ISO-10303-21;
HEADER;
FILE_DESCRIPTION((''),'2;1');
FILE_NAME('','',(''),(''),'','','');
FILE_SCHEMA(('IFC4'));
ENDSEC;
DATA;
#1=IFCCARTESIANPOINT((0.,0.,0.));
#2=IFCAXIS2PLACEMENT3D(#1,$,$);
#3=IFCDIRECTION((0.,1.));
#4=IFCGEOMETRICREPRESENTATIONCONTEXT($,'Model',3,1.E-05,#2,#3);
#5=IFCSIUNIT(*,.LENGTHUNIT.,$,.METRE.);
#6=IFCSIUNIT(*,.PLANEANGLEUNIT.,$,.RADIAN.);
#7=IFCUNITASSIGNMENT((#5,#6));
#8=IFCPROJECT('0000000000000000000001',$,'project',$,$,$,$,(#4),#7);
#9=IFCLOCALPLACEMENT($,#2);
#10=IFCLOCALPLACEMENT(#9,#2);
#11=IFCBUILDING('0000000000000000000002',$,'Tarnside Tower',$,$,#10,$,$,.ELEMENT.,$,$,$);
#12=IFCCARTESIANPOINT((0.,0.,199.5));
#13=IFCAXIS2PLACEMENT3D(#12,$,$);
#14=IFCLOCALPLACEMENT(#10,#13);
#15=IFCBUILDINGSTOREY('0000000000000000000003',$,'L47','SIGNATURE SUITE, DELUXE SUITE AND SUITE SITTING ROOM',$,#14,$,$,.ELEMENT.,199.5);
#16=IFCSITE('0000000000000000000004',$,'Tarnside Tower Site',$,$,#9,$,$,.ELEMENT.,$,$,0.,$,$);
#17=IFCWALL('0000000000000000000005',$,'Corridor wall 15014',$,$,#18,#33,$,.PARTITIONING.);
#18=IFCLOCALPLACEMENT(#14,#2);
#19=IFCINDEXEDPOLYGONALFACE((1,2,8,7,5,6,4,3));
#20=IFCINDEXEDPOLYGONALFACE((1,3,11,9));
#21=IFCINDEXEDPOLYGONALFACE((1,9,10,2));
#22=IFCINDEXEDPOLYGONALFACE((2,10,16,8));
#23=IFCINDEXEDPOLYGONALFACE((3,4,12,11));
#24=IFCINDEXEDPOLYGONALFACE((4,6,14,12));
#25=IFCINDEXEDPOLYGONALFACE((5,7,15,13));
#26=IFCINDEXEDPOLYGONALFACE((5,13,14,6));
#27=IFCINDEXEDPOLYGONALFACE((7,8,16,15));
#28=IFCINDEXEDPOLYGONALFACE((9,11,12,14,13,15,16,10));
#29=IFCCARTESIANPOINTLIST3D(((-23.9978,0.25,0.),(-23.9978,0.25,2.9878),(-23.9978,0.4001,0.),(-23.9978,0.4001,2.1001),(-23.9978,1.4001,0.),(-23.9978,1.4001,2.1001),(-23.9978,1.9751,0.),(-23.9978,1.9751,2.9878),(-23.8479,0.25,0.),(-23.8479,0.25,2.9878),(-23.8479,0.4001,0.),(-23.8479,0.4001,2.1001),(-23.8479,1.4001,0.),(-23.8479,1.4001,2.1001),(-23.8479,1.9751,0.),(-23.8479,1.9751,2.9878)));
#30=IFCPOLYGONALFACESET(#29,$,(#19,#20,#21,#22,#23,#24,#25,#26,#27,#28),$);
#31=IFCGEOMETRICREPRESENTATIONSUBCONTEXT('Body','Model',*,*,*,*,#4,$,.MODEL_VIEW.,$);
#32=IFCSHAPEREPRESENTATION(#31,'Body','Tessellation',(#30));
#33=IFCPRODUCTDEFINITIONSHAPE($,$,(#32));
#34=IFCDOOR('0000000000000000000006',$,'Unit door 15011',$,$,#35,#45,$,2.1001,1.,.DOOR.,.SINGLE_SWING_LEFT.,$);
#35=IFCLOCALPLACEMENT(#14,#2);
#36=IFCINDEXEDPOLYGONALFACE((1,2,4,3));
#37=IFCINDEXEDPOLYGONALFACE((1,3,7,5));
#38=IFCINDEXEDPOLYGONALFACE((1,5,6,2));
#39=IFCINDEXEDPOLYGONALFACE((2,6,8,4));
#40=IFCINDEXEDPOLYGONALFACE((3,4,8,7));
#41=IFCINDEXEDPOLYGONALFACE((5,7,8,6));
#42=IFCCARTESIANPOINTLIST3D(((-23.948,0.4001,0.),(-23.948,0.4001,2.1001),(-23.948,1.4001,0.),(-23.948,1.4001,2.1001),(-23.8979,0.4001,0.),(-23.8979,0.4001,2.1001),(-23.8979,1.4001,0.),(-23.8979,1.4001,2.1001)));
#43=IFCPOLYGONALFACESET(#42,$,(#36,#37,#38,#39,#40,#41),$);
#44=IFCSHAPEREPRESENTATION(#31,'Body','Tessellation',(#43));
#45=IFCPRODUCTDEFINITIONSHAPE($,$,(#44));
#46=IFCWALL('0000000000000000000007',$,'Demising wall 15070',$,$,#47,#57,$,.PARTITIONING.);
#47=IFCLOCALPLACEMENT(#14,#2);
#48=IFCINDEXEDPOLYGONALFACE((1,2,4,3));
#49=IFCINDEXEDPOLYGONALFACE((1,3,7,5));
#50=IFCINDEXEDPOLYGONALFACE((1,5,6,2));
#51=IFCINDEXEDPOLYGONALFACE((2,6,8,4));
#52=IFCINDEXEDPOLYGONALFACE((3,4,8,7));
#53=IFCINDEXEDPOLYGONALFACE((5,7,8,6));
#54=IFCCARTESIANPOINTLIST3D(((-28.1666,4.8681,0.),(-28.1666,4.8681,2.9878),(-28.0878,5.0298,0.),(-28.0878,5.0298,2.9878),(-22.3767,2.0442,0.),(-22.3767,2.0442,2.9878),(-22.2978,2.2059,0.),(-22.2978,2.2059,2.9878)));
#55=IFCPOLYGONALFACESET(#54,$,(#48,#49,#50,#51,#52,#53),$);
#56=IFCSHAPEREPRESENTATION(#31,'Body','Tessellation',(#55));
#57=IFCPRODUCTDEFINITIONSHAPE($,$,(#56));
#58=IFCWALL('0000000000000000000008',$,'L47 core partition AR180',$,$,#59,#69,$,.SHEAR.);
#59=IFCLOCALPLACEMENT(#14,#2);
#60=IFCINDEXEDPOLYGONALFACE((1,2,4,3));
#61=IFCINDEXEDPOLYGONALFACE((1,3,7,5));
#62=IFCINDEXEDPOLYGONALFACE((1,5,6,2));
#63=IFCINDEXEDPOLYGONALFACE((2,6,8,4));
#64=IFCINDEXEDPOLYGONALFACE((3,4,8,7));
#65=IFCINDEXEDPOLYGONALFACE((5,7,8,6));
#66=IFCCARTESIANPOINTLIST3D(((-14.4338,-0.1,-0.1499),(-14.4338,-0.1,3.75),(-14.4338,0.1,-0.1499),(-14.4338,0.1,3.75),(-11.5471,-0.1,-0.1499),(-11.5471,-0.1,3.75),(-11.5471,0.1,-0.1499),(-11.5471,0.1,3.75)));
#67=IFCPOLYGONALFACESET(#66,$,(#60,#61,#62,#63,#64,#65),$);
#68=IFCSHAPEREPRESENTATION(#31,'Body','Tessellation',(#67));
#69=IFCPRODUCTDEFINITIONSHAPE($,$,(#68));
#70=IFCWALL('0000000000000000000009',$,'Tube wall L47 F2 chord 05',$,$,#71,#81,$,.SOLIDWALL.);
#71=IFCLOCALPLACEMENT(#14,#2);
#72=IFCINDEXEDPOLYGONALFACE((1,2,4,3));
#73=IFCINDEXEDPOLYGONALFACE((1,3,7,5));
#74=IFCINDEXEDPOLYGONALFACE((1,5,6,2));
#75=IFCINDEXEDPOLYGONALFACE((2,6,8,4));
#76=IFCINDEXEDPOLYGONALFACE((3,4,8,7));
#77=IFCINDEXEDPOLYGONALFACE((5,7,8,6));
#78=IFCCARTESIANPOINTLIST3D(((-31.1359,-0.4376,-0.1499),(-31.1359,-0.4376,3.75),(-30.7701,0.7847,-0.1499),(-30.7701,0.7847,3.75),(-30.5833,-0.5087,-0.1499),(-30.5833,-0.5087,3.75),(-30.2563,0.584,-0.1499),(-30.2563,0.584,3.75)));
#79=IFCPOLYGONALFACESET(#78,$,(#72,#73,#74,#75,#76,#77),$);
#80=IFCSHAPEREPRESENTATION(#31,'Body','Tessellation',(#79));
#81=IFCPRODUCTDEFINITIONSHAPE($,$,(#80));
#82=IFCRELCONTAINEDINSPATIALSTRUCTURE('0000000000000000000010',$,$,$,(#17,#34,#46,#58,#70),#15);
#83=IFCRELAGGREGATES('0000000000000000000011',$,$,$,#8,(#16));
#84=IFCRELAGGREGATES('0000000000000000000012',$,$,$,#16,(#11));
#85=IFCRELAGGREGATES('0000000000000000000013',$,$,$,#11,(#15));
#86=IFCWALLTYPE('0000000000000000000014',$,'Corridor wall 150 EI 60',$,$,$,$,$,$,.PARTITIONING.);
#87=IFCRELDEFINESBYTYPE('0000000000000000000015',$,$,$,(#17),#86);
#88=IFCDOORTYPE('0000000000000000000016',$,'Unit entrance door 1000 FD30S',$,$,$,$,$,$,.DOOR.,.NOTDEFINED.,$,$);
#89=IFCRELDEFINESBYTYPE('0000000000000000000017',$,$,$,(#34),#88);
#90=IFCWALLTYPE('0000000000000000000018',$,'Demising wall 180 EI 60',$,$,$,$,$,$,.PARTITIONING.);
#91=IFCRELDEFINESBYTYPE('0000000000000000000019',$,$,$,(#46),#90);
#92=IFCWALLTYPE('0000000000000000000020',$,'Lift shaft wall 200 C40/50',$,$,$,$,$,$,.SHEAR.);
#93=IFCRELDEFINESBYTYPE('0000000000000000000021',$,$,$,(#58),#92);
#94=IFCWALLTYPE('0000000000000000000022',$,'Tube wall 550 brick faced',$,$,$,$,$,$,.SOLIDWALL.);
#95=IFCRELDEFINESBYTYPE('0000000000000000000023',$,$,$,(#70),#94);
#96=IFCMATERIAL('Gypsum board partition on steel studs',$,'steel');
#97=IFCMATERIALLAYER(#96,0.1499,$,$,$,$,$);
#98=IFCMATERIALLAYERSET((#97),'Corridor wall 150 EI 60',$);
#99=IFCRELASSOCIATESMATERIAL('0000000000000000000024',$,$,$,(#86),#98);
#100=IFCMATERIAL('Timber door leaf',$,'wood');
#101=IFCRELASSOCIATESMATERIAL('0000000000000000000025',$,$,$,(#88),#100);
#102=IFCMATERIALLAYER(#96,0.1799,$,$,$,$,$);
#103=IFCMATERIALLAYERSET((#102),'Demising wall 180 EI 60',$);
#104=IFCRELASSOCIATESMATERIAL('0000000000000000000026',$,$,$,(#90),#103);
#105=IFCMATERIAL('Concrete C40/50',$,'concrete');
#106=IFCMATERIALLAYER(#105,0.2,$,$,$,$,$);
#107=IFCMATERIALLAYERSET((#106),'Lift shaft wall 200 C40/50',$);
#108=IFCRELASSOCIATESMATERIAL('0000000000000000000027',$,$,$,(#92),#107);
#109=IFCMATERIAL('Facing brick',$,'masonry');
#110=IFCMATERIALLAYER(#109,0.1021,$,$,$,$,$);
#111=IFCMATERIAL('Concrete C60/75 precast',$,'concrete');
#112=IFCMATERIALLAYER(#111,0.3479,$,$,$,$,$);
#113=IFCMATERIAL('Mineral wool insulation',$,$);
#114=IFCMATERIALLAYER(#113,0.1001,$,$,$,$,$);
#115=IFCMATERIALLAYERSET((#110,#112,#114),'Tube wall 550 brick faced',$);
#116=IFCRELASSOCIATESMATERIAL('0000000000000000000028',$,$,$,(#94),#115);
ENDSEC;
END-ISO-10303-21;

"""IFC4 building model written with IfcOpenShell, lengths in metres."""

from ifc_helpers import new_model, si_unit, direction, frame, frame_2d, origin, place, context, subcontext, project, spatial, polyline, rectangle, outline, extrude, material, layer, layer_set, type_object, element, fill, save


model = new_model("IFC4")

# Units and contexts
model_context = context("Model", 3, precision=1e-05, world=origin(), true_north=direction((0.0, 1.0)))
body_context = subcontext(model_context, "Body", "Model", "MODEL_VIEW")
ifc_project = project(units=[si_unit("LENGTHUNIT", "METRE"), si_unit("PLANEANGLEUNIT", "RADIAN")], contexts=[model_context])

# Site, building, storey
site_placement = place(None, origin())
site = spatial("IfcSite", under=ifc_project, at=site_placement, Name="Tarnside Tower Site", CompositionType="ELEMENT", RefElevation=0.0)
building_placement = place(site_placement, origin())
building = spatial("IfcBuilding", under=site, at=building_placement, Name="Tarnside Tower", CompositionType="ELEMENT")
storey_placement = place(building_placement, frame((0.0, 0.0, 199.5)))
storey = spatial("IfcBuildingStorey", under=building, at=storey_placement, Name="L47", Description="SIGNATURE SUITE, DELUXE SUITE AND SUITE SITTING ROOM", CompositionType="ELEMENT", Elevation=199.5)

# Shared definitions
ifc_material_1 = material(Name="Gypsum board partition on steel studs", Category="steel")

# Shared definitions
ifc_material_2 = material(Name="Timber door leaf", Category="wood")

# Shared definitions
ifc_layer_1 = layer(ifc_material_1, 0.1499)
ifc_layer_set_1 = layer_set([ifc_layer_1], Name="Corridor wall 150 EI 60")
wall_type_1 = type_object("IfcWallType", Name="Corridor wall 150 EI 60", PredefinedType="PARTITIONING", material=ifc_layer_set_1)

# Wall, opening, door
wall_1_placement = place(storey_placement, frame((-23.9229, 1.9751, 0.0), z_axis=(0.0, 0.0, 1.0), x_axis=(0.0, -1.0, 0.0)))
wall_1 = element("IfcWall", 1, at=wall_1_placement, inside=storey, type_object=wall_type_1, Name="Corridor wall 15014", PredefinedType="PARTITIONING", context=body_context, shape_type="SweptSolid", body=[
    extrude(rectangle(XDim=1.7251, YDim=0.1499, at=frame_2d((0.8625, 0.0))), origin(), (0.0, 0.0, 1.0), 2.9878),
])
opening_1_placement = place(wall_1_placement, frame((0.575, 0.0, 0.0)))
opening_1 = element("IfcOpeningElement", 2, at=opening_1_placement, cuts=wall_1, PredefinedType="OPENING", context=body_context, shape_type="SweptSolid", body=[
    extrude(rectangle(XDim=1.0, YDim=2.1001, at=frame_2d((0.5, 1.05))), frame((0.0, 0.085, 0.0), z_axis=(0.0, -1.0, 0.0), x_axis=(1.0, 0.0, 0.0)), (0.0, 0.0, 1.0), 0.1699),
])
door_type_1 = type_object("IfcDoorType", Name="Unit entrance door 1000 FD30S", OperationType="NOTDEFINED", PredefinedType="DOOR", material=ifc_material_2)
door_1_placement = place(opening_1_placement, origin())
door_1 = element("IfcDoor", 3, at=door_1_placement, inside=storey, type_object=door_type_1, Name="Unit door 15011", OperationType="SINGLE_SWING_LEFT", OverallHeight=2.1001, OverallWidth=1.0, PredefinedType="DOOR", context=body_context, shape_type="SweptSolid", body=[
    extrude(rectangle(XDim=1.0, YDim=2.1001, at=frame_2d((0.5, 1.05))), frame((0.0, 0.0249, 0.0), z_axis=(0.0, -1.0, 0.0), x_axis=(1.0, 0.0, 0.0)), (0.0, 0.0, 1.0), 0.05),
])
fill(opening_1, door_1)

# Walls
ifc_layer_2 = layer(ifc_material_1, 0.1799)
ifc_layer_set_2 = layer_set([ifc_layer_2], Name="Demising wall 180 EI 60")
wall_type_2 = type_object("IfcWallType", Name="Demising wall 180 EI 60", PredefinedType="PARTITIONING", material=ifc_layer_set_2)
wall_2_placement = place(storey_placement, frame((-28.1272, 4.949, 0.0), z_axis=(0.0, 0.0, 1.0), x_axis=(0.898795, -0.438369, 0.0)))
element("IfcWall", 4, at=wall_2_placement, inside=storey, type_object=wall_type_2, Name="Demising wall 15070", PredefinedType="PARTITIONING", context=body_context, shape_type="SweptSolid", body=[
    extrude(rectangle(XDim=6.4419, YDim=0.1799, at=frame_2d((3.2209, 0.0))), origin(), (0.0, 0.0, 1.0), 2.9878),
])
ifc_material_3 = material(Name="Concrete C40/50", Category="concrete")
ifc_layer_3 = layer(ifc_material_3, 0.2)
ifc_layer_set_3 = layer_set([ifc_layer_3], Name="Lift shaft wall 200 C40/50")
wall_type_3 = type_object("IfcWallType", Name="Lift shaft wall 200 C40/50", PredefinedType="SHEAR", material=ifc_layer_set_3)
wall_3_placement = place(storey_placement, frame((-11.5471, 0.0, -0.1499), z_axis=(0.0, 0.0, 1.0), x_axis=(-1.0, 0.0, 0.0)))
element("IfcWall", 5, at=wall_3_placement, inside=storey, type_object=wall_type_3, Name="L47 core partition AR180", PredefinedType="SHEAR", context=body_context, shape_type="SweptSolid", body=[
    extrude(rectangle(XDim=2.8867, YDim=0.2, at=frame_2d((1.4434, 0.0))), origin(), (0.0, 0.0, 1.0), 3.8999),
])
ifc_material_4 = material(Name="Facing brick", Category="masonry")
ifc_layer_4 = layer(ifc_material_4, 0.1021)
ifc_material_5 = material(Name="Concrete C60/75 precast", Category="concrete")
ifc_layer_5 = layer(ifc_material_5, 0.3479)
ifc_material_6 = material(Name="Mineral wool insulation")
ifc_layer_6 = layer(ifc_material_6, 0.1001)
ifc_layer_set_4 = layer_set([ifc_layer_4, ifc_layer_5, ifc_layer_6], Name="Tube wall 550 brick faced")
wall_type_4 = type_object("IfcWallType", Name="Tube wall 550 brick faced", PredefinedType="SOLIDWALL", material=ifc_layer_set_4)
wall_4_placement = place(storey_placement, frame((-30.5132, 0.6843, -0.1499), z_axis=(0.0, 0.0, 1.0), x_axis=(-0.286736, -0.95801, 0.0)))
element("IfcWall", 6, at=wall_4_placement, inside=storey, type_object=wall_type_4, Name="Tube wall L47 F2 chord 05", PredefinedType="SOLIDWALL", context=body_context, shape_type="SweptSolid", body=[
    extrude(outline(polyline([(-0.0225, -0.2749), (1.2534, -0.2749), (1.1631, 0.2749), (0.0225, 0.2749), (-0.0225, -0.2749)])), origin(), (0.0, 0.0, 1.0), 3.8999),
])

save(model, "model.ifc")
